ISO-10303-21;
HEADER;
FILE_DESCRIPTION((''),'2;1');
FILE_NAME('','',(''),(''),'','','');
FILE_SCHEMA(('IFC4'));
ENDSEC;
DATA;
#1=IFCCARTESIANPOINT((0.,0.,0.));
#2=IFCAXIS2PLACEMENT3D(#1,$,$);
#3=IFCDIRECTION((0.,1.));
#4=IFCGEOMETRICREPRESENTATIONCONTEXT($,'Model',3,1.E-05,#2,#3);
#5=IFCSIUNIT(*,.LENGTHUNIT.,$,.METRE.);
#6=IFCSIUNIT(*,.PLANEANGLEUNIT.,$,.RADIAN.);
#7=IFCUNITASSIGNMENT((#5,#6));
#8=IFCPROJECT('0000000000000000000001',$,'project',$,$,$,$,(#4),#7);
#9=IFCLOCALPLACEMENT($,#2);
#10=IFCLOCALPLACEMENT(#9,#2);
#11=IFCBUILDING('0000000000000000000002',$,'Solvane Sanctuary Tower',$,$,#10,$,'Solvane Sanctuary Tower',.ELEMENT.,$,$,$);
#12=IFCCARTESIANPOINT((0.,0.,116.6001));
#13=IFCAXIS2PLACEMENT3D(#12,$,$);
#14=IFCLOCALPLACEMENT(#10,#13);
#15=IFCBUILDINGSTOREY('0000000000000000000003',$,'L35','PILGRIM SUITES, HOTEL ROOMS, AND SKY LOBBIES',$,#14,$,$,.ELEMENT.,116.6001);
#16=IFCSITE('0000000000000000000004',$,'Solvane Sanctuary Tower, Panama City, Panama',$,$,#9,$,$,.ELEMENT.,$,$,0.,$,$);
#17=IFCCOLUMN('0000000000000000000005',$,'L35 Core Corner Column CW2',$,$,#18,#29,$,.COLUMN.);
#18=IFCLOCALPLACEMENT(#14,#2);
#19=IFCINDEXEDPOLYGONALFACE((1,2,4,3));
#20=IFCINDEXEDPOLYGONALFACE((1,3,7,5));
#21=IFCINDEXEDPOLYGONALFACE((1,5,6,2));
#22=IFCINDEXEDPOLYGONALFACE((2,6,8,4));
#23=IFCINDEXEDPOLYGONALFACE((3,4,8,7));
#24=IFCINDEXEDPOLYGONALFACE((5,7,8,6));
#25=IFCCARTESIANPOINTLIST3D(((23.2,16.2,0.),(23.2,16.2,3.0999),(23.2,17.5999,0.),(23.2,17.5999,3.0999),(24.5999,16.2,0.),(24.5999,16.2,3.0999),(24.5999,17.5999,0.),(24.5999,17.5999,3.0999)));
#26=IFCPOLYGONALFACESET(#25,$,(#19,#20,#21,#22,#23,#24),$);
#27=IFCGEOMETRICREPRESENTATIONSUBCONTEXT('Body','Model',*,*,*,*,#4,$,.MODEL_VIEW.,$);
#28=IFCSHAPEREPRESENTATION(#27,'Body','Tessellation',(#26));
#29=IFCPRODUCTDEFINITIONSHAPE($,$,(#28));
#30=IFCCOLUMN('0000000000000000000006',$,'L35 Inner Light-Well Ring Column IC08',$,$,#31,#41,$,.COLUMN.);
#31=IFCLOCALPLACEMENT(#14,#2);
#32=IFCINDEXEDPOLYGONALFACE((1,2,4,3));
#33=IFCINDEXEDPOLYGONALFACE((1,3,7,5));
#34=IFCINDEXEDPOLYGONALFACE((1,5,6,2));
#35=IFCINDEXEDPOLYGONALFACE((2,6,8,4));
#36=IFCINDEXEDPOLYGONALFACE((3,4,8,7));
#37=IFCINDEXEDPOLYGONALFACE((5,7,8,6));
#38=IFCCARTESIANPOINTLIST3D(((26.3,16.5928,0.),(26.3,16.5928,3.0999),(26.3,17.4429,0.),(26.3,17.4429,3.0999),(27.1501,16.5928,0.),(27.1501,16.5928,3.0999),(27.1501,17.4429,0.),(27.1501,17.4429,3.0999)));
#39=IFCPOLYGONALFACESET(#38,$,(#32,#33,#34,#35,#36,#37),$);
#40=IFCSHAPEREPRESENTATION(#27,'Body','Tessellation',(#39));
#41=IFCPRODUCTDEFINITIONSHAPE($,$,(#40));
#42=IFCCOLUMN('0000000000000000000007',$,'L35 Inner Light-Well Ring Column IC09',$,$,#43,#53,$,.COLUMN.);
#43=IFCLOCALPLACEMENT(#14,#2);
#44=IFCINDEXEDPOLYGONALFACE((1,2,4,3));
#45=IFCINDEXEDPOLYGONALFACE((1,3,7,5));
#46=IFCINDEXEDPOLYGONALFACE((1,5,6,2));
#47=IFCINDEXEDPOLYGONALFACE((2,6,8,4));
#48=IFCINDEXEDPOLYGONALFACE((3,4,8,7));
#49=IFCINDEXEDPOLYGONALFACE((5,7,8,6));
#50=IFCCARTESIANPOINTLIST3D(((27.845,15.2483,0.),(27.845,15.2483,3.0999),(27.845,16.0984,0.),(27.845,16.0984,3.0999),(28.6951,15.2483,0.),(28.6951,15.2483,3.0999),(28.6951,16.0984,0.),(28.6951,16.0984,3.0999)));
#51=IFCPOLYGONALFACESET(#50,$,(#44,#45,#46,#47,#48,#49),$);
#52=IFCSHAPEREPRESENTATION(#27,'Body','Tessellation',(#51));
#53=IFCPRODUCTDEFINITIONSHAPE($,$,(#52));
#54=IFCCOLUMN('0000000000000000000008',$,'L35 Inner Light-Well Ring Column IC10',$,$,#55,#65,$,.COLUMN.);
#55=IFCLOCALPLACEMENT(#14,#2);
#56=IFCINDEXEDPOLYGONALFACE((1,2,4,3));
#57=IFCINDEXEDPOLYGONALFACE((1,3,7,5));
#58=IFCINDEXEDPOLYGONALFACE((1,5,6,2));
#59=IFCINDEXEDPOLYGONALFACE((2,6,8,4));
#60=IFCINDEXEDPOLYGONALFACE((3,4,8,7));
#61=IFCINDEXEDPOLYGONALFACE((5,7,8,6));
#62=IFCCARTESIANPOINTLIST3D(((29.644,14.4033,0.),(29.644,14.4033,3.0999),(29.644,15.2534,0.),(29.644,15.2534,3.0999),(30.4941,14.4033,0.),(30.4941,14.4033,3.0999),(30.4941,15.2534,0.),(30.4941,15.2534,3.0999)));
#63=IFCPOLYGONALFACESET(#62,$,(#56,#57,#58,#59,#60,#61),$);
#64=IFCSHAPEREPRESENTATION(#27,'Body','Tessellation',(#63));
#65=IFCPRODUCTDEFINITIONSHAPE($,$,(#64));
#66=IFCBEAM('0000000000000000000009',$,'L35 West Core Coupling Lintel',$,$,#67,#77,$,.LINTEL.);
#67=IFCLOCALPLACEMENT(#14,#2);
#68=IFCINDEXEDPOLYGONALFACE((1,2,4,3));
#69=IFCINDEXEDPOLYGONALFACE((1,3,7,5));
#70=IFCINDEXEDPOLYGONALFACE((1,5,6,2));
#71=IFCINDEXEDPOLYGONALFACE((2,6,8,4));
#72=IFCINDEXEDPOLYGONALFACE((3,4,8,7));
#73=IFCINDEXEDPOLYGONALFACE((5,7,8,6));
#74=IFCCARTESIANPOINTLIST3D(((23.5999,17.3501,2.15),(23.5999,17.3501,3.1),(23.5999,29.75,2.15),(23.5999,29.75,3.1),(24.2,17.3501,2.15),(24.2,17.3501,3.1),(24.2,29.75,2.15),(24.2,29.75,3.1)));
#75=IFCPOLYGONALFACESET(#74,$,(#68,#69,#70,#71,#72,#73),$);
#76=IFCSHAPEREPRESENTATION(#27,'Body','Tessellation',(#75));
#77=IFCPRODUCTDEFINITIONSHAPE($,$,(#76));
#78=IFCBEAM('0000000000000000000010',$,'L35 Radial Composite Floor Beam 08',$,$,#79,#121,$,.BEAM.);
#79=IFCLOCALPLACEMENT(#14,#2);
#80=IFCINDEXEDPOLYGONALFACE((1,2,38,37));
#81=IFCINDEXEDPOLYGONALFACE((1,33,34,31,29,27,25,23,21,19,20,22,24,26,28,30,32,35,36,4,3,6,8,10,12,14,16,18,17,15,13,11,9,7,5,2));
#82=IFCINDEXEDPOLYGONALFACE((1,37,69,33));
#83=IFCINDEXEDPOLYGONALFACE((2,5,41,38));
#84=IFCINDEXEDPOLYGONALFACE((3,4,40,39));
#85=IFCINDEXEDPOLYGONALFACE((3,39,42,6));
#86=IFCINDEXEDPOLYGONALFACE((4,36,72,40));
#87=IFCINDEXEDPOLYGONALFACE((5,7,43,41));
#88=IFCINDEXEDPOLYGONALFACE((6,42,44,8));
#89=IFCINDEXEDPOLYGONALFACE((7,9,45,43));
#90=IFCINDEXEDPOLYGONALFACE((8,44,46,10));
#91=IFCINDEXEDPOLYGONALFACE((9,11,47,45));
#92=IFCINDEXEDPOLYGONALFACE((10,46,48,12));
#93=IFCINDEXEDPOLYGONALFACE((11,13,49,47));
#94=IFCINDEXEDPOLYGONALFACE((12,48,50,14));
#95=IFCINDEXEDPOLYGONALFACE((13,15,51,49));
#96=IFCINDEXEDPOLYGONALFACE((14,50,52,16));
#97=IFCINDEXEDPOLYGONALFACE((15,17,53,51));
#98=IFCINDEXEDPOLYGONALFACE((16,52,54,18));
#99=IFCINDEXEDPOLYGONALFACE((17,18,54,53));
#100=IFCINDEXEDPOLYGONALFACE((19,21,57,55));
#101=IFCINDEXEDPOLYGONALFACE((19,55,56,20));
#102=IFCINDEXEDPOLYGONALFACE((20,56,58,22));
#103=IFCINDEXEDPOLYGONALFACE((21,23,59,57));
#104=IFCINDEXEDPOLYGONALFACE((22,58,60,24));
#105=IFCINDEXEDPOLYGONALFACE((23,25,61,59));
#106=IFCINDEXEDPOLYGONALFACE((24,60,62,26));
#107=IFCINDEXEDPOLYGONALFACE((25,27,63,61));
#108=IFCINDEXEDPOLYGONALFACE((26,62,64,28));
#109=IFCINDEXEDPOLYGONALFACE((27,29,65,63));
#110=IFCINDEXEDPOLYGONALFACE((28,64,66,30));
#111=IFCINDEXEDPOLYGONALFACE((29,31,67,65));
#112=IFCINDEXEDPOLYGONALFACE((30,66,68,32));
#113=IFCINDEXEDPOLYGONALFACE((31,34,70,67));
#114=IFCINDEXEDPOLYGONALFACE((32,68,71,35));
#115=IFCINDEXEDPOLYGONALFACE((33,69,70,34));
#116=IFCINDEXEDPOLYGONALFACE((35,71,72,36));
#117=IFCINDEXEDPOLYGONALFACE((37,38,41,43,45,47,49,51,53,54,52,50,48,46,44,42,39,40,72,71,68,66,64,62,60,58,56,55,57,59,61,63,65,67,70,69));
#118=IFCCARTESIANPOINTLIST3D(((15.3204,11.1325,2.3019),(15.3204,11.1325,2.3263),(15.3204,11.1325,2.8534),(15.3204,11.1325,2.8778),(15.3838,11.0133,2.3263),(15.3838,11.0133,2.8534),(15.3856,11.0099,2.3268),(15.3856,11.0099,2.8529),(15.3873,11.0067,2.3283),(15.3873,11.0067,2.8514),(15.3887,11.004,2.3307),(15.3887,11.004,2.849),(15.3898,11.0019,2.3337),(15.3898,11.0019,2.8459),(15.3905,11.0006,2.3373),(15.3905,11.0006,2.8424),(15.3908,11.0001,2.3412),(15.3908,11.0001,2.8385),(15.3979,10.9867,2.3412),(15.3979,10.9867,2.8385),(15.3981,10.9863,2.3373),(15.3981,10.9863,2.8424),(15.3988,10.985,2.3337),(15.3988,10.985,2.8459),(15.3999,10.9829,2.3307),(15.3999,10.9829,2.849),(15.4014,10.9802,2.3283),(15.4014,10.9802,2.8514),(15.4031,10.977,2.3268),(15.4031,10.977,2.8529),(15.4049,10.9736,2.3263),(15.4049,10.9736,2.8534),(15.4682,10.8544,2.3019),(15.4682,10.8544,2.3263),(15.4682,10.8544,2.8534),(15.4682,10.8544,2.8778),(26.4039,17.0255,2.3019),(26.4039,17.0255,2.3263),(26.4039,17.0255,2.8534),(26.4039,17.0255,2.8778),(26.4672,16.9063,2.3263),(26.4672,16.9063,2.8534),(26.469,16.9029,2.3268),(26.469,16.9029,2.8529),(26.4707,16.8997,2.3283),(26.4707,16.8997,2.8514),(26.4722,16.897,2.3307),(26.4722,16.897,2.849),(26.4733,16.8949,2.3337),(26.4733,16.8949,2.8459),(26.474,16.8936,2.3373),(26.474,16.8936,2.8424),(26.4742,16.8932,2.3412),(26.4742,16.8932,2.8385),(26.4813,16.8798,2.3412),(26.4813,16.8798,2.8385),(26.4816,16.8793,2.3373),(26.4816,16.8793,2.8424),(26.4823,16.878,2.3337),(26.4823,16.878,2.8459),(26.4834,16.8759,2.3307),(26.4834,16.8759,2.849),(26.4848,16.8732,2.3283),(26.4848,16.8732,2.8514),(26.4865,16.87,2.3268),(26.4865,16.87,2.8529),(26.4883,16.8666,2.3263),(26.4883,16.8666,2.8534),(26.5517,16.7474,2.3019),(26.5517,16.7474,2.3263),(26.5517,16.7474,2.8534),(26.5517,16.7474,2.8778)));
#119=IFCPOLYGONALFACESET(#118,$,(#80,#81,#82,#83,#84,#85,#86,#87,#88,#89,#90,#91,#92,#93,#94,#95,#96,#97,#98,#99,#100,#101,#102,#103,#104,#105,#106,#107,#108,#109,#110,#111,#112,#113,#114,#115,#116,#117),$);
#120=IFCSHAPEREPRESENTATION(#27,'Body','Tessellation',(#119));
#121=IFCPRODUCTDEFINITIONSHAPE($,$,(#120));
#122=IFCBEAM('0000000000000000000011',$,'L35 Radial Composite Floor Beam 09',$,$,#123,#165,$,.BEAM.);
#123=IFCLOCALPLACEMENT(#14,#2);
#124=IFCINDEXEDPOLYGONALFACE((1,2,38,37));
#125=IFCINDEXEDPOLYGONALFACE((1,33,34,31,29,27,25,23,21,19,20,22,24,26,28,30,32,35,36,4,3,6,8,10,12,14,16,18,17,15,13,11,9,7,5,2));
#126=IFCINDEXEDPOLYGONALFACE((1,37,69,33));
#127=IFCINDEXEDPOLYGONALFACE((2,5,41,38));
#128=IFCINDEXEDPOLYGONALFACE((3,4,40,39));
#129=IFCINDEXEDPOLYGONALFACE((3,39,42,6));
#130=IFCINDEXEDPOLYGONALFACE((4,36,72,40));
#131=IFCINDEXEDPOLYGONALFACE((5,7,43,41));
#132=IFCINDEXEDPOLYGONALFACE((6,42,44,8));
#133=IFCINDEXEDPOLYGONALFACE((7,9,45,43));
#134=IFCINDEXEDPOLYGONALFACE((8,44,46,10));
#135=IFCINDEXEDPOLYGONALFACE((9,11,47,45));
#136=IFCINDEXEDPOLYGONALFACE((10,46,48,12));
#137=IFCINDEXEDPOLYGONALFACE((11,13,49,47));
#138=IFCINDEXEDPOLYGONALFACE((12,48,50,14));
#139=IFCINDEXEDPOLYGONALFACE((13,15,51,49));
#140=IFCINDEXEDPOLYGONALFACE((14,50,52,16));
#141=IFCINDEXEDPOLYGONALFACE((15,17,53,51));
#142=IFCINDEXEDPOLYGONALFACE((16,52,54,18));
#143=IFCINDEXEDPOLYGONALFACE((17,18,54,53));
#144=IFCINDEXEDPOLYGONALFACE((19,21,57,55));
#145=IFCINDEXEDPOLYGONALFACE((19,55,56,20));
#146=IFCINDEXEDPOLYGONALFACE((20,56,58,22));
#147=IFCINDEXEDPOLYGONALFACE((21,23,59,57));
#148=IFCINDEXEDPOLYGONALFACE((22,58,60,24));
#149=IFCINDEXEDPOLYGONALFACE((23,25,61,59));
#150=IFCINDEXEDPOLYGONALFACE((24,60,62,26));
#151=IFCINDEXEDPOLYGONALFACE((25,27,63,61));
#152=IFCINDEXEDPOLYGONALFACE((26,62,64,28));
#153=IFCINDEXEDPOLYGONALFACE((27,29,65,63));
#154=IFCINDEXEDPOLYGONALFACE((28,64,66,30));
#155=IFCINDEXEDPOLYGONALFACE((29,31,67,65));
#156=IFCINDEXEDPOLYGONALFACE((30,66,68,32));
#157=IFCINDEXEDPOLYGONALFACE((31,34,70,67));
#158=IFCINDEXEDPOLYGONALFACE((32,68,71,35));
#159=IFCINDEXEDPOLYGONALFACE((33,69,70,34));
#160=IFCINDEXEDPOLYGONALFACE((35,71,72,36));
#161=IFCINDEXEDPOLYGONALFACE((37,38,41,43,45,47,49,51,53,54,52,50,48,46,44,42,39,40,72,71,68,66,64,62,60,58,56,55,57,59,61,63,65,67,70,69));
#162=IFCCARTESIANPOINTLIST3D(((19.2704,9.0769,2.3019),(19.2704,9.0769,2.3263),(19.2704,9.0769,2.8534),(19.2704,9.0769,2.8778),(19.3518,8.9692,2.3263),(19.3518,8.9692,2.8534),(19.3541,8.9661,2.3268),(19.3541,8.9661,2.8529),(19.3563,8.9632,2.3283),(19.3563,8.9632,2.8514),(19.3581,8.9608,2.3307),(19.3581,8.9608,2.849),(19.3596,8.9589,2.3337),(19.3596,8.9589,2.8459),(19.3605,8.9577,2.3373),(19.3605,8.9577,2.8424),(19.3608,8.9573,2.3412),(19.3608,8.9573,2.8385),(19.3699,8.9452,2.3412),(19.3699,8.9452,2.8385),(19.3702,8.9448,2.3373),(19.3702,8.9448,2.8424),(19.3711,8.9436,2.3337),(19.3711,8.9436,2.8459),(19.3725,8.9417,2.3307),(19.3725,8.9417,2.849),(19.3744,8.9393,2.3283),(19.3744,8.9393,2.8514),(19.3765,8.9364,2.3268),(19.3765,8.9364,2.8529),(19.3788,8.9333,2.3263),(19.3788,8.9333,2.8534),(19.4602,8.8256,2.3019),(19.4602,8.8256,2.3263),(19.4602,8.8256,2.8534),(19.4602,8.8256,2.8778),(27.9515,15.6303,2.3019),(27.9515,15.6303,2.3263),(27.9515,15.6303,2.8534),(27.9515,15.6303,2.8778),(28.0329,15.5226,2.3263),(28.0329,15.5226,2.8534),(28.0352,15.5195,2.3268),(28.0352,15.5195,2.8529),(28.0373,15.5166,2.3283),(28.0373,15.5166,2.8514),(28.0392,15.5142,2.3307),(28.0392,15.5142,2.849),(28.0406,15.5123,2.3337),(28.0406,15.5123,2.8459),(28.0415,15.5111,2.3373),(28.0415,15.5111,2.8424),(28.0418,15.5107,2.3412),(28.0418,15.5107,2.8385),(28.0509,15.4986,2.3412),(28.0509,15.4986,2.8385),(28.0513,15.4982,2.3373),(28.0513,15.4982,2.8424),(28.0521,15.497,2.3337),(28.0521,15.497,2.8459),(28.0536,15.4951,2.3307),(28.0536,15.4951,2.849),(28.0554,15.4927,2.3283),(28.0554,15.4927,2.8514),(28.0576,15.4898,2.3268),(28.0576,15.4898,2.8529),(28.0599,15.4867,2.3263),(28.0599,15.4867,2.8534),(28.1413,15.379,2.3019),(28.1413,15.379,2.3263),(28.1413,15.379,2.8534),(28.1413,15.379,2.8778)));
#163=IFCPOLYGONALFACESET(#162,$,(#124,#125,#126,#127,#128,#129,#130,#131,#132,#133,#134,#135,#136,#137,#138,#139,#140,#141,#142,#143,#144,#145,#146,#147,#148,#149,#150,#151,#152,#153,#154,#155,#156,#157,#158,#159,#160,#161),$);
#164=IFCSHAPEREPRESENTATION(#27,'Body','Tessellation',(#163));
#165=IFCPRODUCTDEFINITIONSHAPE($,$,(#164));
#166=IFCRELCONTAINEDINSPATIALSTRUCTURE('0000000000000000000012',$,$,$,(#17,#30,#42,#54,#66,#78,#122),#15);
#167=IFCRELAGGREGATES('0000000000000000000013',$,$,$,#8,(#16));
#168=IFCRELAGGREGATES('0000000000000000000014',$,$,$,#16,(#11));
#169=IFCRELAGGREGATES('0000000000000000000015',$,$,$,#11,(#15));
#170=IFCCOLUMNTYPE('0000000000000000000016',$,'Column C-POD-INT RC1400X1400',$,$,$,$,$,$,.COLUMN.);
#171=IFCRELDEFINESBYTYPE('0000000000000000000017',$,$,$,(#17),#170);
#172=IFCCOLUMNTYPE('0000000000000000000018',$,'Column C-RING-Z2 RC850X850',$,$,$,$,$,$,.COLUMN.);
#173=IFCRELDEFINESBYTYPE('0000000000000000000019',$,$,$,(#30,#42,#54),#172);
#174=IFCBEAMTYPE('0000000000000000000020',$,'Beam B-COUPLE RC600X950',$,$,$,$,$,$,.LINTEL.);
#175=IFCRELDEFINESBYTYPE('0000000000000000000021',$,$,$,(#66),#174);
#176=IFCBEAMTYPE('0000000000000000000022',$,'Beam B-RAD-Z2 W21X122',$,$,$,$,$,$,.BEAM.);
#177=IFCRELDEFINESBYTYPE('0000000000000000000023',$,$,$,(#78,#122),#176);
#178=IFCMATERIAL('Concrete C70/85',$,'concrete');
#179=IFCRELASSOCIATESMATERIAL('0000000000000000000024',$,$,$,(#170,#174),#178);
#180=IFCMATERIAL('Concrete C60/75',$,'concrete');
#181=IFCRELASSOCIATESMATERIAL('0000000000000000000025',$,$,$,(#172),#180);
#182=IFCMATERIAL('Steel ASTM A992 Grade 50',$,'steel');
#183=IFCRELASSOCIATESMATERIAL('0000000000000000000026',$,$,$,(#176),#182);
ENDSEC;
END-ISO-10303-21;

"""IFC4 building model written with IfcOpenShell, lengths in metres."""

from ifc_helpers import new_model, si_unit, direction, frame, origin, origin_2d, place, context, subcontext, project, spatial, rectangle, i_section, extrude, material, material_profile, profile_set, type_object, element, save


model = new_model("IFC4")

# Units and contexts
model_context = context("Model", 3, precision=1e-05, world=origin(), true_north=direction((0.0, 1.0)))
body_context = subcontext(model_context, "Body", "Model", "MODEL_VIEW")
ifc_project = project(units=[si_unit("LENGTHUNIT", "METRE"), si_unit("PLANEANGLEUNIT", "RADIAN")], contexts=[model_context])

# Site, building, storey
site_placement = place(None, origin())
site = spatial("IfcSite", under=ifc_project, at=site_placement, Name="Solvane Sanctuary Tower, Panama City, Panama", CompositionType="ELEMENT", RefElevation=0.0)
building_placement = place(site_placement, origin())
building = spatial("IfcBuilding", under=site, at=building_placement, Name="Solvane Sanctuary Tower", LongName="Solvane Sanctuary Tower", CompositionType="ELEMENT")
storey_placement = place(building_placement, frame((0.0, 0.0, 116.6001)))
storey = spatial("IfcBuildingStorey", under=building, at=storey_placement, Name="L35", Description="PILGRIM SUITES, HOTEL ROOMS, AND SKY LOBBIES", CompositionType="ELEMENT", Elevation=116.6001)

# Columns
ifc_material_1 = material(Name="Concrete C70/85", Category="concrete")
ifc_material_profile_1 = material_profile(ifc_material_1, rectangle(XDim=1.3999, YDim=1.3999, at=origin_2d()), Name="RC1400X1400")
ifc_profile_set_1 = profile_set([ifc_material_profile_1], Name="Concrete C70/85")
column_type_1 = type_object("IfcColumnType", Name="Column C-POD-INT RC1400X1400", PredefinedType="COLUMN", material=ifc_profile_set_1)
column_placement = place(storey_placement, frame((23.8999, 16.8999, 0.0), z_axis=(0.0, 0.0, 1.0), x_axis=(1.0, 0.0, 0.0)))
element("IfcColumn", 1, at=column_placement, inside=storey, type_object=column_type_1, Name="L35 Core Corner Column CW2", PredefinedType="COLUMN", context=body_context, shape_type="SweptSolid", body=[
    extrude(rectangle(XDim=1.3999, YDim=1.3999, at=origin_2d()), origin(), (0.0, 0.0, 1.0), 3.0999),
])
ifc_material_2 = material(Name="Concrete C60/75", Category="concrete")
ifc_material_profile_2 = material_profile(ifc_material_2, rectangle(XDim=0.8501, YDim=0.8501, at=origin_2d()), Name="RC850X850")
ifc_profile_set_2 = profile_set([ifc_material_profile_2], Name="Concrete C60/75")
column_type_2 = type_object("IfcColumnType", Name="Column C-RING-Z2 RC850X850", PredefinedType="COLUMN", material=ifc_profile_set_2)
for number, where, z_axis, x_axis, name in (
    (2, (26.7251, 17.0178, 0.0), (0.0, 0.0, 1.0), (1.0, 0.0, 0.0), "L35 Inner Light-Well Ring Column IC08"),
    (3, (28.27, 15.6733, 0.0), (0.0, 0.0, 1.0), (1.0, 0.0, 0.0), "L35 Inner Light-Well Ring Column IC09"),
    (4, (30.0691, 14.8284, 0.0), (0.0, 0.0, 1.0), (1.0, 0.0, 0.0), "L35 Inner Light-Well Ring Column IC10"),
):
    element("IfcColumn", number, at=place(storey_placement, frame(where, z_axis=z_axis, x_axis=x_axis)), inside=storey, type_object=column_type_2, Name=name, PredefinedType="COLUMN", context=body_context, shape_type="SweptSolid", body=[
        extrude(rectangle(XDim=0.8501, YDim=0.8501, at=origin_2d()), origin(), (0.0, 0.0, 1.0), 3.0999),
    ])

# Beams
ifc_material_profile_3 = material_profile(ifc_material_1, rectangle(XDim=0.6001, YDim=0.95, at=origin_2d()), Name="RC600X950")
ifc_profile_set_3 = profile_set([ifc_material_profile_3], Name="Concrete C70/85")
beam_type_1 = type_object("IfcBeamType", Name="Beam B-COUPLE RC600X950", PredefinedType="LINTEL", material=ifc_profile_set_3)
beam_1_placement = place(storey_placement, frame((23.8999, 17.3501, 2.625), z_axis=(0.0, 1.0, 0.0), x_axis=(-1.0, 0.0, 0.0)))
element("IfcBeam", 5, at=beam_1_placement, inside=storey, type_object=beam_type_1, Name="L35 West Core Coupling Lintel", PredefinedType="LINTEL", context=body_context, shape_type="SweptSolid", body=[
    extrude(rectangle(XDim=0.6001, YDim=0.95, at=origin_2d()), origin(), (0.0, 0.0, 1.0), 12.3999),
])
ifc_material_3 = material(Name="Steel ASTM A992 Grade 50", Category="steel")
ifc_material_profile_4 = material_profile(ifc_material_3, i_section(OverallWidth=0.3149, OverallDepth=0.5759, WebThickness=0.0151, FlangeThickness=0.0244, FilletRadius=0.0149, at=origin_2d()), Name="W21X122")
ifc_profile_set_4 = profile_set([ifc_material_profile_4], Name="Steel ASTM A992 Grade 50")
beam_type_2 = type_object("IfcBeamType", Name="Beam B-RAD-Z2 W21X122", PredefinedType="BEAM", material=ifc_profile_set_4)
beam_2_placement = place(storey_placement, frame((26.4778, 16.8865, 2.5898), z_axis=(-0.882952, -0.469463, 0.0), x_axis=(0.469463, -0.882952, 0.0)))
element("IfcBeam", 6, at=beam_2_placement, inside=storey, type_object=beam_type_2, Name="L35 Radial Composite Floor Beam 08", PredefinedType="BEAM", context=body_context, shape_type="SweptSolid", body=[
    extrude(i_section(OverallWidth=0.3149, OverallDepth=0.5759, WebThickness=0.0151, FlangeThickness=0.0244, FilletRadius=0.0149, at=origin_2d()), origin(), (0.0, 0.0, 1.0), 12.5527),
])
beam_3_placement = place(storey_placement, frame((28.0464, 15.5046, 2.5898), z_axis=(-0.798116, -0.602504, 0.0), x_axis=(0.602504, -0.798116, 0.0)))
element("IfcBeam", 7, at=beam_3_placement, inside=storey, type_object=beam_type_2, Name="L35 Radial Composite Floor Beam 09", PredefinedType="BEAM", context=body_context, shape_type="SweptSolid", body=[
    extrude(i_section(OverallWidth=0.3149, OverallDepth=0.5759, WebThickness=0.0151, FlangeThickness=0.0244, FilletRadius=0.0149, at=origin_2d()), origin(), (0.0, 0.0, 1.0), 10.877),
])

save(model, "model.ifc")
